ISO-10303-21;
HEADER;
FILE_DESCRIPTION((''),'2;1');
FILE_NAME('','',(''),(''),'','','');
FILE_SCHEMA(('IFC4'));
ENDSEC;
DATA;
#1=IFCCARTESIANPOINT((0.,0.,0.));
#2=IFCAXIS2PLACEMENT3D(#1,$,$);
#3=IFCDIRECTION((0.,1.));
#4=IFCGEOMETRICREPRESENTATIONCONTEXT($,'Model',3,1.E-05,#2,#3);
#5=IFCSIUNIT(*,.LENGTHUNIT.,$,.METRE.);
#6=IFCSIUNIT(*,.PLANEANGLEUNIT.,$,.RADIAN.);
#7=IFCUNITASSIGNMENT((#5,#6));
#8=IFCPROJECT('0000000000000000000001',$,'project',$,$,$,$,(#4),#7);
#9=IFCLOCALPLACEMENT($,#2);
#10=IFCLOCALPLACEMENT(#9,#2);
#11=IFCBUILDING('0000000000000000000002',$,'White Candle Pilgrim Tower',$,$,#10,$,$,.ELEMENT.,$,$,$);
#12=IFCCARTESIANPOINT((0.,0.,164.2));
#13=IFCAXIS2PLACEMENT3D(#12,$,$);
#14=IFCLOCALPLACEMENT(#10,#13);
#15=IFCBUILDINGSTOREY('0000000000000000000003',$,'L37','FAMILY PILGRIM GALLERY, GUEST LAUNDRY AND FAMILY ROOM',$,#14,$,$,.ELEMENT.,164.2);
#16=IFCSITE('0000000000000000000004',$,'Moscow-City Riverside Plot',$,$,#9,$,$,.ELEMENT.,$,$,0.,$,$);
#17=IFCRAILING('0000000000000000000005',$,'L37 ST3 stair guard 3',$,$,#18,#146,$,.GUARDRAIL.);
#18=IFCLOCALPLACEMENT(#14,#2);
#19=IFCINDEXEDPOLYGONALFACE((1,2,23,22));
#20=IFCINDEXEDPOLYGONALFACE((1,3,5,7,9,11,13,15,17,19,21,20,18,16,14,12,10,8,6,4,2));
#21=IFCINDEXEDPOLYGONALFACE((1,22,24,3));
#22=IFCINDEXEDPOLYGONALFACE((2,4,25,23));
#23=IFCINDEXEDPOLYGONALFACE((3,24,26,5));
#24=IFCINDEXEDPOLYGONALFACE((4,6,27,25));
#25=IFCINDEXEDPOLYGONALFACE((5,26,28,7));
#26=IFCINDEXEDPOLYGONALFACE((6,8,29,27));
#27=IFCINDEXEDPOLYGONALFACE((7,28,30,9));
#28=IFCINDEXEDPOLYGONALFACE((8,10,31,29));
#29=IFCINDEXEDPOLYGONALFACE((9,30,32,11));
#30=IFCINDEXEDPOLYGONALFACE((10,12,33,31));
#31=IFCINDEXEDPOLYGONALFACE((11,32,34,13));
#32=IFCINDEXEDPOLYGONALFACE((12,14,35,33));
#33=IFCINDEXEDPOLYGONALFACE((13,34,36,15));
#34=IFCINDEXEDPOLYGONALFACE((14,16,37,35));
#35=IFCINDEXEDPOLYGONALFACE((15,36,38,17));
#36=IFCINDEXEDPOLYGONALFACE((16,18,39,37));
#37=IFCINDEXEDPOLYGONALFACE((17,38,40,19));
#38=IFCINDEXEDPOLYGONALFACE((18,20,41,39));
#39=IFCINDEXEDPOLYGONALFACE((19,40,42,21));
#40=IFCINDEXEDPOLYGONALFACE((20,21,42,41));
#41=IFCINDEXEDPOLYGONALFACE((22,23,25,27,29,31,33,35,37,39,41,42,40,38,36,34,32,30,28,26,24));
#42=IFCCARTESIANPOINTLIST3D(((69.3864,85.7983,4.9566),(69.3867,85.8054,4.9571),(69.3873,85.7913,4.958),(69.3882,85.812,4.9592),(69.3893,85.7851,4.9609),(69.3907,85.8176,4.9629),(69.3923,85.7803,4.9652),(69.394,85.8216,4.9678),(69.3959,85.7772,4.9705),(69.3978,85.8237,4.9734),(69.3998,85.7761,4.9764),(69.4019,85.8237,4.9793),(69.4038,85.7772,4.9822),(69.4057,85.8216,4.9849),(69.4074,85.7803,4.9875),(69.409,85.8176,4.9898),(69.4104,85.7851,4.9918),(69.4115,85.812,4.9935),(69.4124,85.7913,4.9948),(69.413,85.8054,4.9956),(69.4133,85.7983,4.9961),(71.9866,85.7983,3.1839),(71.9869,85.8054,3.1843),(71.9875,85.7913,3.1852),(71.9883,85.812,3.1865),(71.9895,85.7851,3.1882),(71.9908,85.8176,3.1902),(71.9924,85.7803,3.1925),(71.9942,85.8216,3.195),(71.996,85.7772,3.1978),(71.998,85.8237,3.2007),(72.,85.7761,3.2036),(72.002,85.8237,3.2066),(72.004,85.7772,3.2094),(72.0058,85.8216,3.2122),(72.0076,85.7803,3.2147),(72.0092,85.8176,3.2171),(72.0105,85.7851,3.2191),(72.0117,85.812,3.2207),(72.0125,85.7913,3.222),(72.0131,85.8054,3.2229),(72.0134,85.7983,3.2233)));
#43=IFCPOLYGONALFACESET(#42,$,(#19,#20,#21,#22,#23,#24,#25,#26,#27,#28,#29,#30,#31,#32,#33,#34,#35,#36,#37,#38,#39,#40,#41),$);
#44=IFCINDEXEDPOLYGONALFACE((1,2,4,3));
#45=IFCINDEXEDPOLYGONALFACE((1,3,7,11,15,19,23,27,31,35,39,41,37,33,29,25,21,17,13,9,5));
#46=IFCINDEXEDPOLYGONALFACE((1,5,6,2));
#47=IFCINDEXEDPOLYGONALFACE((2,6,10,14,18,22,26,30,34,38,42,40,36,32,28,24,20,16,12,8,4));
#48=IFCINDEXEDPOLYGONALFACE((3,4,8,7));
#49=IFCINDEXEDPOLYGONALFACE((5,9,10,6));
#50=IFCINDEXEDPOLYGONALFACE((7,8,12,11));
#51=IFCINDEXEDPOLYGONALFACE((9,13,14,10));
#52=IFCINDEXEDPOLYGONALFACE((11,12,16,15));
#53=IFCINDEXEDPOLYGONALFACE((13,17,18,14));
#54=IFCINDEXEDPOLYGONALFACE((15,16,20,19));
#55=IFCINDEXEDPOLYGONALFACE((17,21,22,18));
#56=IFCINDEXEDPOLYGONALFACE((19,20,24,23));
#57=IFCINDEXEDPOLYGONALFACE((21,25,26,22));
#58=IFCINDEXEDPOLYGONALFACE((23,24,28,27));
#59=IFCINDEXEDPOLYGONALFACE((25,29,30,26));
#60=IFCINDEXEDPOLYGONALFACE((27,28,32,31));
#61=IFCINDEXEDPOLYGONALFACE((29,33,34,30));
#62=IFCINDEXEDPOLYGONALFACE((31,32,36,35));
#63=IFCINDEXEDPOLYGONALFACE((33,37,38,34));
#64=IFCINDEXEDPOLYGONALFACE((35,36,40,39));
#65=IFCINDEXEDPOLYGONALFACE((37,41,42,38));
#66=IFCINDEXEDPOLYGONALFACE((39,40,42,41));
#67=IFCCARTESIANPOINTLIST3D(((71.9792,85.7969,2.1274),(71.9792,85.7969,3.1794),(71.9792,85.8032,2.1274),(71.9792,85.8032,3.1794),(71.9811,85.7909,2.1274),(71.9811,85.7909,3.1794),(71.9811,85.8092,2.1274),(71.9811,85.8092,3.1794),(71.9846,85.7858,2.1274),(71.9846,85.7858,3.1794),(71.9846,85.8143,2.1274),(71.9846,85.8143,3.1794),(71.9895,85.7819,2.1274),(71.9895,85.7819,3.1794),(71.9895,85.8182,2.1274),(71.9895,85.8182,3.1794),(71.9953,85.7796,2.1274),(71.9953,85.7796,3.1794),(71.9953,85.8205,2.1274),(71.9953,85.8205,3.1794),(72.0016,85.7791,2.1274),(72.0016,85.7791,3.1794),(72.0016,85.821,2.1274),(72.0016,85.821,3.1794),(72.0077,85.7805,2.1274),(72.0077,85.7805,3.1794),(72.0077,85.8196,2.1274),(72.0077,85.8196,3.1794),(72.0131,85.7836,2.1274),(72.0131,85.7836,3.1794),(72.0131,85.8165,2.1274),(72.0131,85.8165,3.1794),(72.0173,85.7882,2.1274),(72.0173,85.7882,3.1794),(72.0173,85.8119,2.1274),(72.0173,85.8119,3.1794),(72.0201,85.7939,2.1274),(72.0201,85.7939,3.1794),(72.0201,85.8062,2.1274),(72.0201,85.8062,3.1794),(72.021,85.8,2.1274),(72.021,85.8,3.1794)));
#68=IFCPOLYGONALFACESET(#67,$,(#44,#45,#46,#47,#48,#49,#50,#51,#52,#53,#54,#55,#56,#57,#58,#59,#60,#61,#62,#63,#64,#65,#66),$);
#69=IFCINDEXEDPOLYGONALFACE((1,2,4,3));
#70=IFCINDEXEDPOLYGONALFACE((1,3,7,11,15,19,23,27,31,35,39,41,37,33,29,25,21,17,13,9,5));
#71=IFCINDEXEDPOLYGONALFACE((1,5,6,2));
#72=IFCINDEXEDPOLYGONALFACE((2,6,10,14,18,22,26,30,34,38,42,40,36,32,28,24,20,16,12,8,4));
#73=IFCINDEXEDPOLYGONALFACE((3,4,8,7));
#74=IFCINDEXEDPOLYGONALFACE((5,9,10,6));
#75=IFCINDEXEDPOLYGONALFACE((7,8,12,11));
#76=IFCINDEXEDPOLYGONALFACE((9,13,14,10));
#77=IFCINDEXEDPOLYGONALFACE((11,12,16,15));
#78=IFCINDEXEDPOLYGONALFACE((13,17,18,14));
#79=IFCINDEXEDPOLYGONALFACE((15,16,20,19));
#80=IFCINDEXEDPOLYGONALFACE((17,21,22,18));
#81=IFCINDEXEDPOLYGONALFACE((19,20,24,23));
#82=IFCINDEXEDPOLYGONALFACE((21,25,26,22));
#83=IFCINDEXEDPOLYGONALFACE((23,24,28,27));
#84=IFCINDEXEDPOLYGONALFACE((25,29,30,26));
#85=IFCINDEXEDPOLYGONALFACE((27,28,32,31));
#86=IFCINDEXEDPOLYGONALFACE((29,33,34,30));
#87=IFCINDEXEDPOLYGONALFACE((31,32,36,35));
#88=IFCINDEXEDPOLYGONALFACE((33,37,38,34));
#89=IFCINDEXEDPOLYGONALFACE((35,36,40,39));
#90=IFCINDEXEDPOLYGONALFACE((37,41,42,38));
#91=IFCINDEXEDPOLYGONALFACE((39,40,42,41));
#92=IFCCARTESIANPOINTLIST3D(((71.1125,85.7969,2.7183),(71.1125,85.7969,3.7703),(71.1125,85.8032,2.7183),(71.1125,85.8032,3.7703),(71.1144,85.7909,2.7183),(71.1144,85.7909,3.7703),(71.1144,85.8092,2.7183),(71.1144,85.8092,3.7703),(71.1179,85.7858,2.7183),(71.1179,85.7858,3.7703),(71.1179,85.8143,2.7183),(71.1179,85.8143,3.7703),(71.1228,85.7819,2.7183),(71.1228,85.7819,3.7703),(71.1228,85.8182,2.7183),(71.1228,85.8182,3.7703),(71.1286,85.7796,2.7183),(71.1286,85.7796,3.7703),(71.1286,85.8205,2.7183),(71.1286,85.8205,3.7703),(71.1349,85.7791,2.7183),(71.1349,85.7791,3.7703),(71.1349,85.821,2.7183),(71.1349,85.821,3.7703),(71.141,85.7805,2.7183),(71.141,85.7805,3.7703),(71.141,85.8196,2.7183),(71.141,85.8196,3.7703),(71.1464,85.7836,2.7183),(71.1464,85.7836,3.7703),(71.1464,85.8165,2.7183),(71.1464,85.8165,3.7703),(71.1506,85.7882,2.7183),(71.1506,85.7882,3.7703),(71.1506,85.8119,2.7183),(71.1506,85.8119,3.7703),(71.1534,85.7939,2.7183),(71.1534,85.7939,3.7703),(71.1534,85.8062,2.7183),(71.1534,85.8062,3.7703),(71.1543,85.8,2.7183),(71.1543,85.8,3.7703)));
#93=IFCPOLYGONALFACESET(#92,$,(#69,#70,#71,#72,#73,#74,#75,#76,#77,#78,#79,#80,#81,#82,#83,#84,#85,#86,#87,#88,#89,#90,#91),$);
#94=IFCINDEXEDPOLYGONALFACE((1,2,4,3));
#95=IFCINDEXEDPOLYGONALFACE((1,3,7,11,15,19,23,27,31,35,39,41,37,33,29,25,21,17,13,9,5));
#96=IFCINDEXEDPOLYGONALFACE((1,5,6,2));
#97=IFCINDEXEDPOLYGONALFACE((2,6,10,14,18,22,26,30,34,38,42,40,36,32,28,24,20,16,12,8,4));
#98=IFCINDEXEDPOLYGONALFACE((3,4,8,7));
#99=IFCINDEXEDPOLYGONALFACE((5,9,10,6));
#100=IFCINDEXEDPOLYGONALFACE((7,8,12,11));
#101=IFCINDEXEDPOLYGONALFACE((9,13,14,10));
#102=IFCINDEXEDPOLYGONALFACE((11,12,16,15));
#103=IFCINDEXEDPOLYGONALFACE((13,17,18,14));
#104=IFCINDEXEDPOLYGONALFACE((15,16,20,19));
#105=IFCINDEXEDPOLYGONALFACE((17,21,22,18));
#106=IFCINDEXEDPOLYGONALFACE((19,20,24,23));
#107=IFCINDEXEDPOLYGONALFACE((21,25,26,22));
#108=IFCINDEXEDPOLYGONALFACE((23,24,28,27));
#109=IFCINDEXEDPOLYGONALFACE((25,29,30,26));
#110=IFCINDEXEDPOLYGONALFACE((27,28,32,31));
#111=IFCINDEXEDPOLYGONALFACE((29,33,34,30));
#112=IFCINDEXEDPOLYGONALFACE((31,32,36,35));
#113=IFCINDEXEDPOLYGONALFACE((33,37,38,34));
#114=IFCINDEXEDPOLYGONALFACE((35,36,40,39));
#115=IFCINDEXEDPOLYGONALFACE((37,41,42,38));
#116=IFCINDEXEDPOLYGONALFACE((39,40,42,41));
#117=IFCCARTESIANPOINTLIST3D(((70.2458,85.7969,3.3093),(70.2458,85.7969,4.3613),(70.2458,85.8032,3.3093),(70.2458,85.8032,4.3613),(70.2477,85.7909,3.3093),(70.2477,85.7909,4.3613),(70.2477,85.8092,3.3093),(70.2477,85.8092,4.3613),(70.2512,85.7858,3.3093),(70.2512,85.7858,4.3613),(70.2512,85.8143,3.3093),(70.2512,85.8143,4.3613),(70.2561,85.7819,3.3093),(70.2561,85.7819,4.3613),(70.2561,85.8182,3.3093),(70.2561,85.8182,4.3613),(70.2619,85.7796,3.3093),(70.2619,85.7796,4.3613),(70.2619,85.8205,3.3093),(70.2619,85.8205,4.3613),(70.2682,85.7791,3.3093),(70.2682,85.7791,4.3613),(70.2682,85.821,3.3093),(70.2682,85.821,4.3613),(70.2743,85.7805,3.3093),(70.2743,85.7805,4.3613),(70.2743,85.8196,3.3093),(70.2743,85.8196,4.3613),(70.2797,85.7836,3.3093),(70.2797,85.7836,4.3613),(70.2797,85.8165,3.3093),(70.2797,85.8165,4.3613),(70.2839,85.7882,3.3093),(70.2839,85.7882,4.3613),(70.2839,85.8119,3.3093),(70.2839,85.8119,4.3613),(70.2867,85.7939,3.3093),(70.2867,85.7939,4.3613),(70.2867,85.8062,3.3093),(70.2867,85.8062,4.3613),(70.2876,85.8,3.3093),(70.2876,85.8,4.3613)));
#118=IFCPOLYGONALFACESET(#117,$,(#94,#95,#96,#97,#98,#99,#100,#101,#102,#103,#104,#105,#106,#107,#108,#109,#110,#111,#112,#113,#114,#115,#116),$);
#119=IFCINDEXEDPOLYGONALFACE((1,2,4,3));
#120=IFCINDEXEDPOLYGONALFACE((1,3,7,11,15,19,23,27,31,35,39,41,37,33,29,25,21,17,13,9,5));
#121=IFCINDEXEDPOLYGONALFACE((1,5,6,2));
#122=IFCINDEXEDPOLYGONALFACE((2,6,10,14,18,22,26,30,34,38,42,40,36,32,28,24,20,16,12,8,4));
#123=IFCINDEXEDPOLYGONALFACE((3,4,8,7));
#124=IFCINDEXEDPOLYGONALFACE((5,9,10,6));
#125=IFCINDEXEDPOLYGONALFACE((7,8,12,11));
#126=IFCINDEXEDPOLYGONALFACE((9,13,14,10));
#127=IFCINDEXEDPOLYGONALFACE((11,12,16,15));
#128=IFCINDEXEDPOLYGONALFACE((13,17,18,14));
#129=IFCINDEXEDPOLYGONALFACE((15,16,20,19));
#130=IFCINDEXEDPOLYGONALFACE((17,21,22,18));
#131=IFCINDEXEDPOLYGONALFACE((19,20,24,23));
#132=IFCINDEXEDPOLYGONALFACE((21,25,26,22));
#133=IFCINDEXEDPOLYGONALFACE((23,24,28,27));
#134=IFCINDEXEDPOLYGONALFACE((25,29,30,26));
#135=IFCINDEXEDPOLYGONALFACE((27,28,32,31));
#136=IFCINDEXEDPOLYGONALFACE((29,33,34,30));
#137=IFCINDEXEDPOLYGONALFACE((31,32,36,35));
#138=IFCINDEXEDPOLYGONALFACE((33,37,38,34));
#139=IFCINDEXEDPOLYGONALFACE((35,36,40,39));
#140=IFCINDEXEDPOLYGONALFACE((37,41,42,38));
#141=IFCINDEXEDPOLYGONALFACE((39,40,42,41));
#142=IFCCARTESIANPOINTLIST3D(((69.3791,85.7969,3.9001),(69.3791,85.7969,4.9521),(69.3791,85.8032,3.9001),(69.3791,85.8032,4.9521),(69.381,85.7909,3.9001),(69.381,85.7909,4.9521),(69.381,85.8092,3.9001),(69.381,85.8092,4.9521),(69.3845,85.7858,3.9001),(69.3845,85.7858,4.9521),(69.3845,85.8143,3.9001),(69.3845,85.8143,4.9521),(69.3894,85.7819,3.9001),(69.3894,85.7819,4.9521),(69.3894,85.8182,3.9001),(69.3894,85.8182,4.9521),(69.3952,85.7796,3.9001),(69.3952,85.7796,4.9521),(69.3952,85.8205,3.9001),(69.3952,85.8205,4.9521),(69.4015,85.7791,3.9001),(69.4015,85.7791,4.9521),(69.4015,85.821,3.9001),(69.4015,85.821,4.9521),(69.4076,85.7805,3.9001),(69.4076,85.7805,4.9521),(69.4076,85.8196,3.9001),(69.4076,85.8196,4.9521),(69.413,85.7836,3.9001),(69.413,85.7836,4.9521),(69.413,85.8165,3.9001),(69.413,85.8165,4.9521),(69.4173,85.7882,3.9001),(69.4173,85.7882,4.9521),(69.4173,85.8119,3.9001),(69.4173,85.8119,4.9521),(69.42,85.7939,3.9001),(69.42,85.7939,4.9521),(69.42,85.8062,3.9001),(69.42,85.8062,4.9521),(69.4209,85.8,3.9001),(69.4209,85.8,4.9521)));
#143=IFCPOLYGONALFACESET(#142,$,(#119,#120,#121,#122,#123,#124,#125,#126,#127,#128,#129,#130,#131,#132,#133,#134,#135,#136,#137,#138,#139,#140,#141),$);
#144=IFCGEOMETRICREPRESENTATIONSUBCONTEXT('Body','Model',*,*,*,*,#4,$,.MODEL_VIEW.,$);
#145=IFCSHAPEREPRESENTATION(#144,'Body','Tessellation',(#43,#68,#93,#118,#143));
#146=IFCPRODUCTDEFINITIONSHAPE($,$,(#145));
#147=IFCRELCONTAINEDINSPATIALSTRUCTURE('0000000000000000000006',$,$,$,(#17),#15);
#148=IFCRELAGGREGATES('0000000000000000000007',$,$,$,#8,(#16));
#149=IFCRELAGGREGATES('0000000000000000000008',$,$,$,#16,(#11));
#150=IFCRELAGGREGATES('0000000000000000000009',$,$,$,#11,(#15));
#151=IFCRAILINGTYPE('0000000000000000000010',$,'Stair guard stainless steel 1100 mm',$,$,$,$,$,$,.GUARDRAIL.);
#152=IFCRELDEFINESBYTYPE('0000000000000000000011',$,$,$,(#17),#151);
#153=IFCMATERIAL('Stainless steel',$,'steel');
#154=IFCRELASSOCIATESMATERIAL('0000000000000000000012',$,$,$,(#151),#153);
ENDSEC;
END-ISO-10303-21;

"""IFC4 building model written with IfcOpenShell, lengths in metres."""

from ifc_helpers import new_model, si_unit, direction, frame, origin, origin_2d, place, context, subcontext, project, spatial, circle, extrude, material, type_object, element, save


model = new_model("IFC4")

# Units and contexts
model_context = context("Model", 3, precision=1e-05, world=origin(), true_north=direction((0.0, 1.0)))
body_context = subcontext(model_context, "Body", "Model", "MODEL_VIEW")
ifc_project = project(units=[si_unit("LENGTHUNIT", "METRE"), si_unit("PLANEANGLEUNIT", "RADIAN")], contexts=[model_context])

# Site, building, storey
site_placement = place(None, origin())
site = spatial("IfcSite", under=ifc_project, at=site_placement, Name="Moscow-City Riverside Plot", CompositionType="ELEMENT", RefElevation=0.0)
building_placement = place(site_placement, origin())
building = spatial("IfcBuilding", under=site, at=building_placement, Name="White Candle Pilgrim Tower", CompositionType="ELEMENT")
storey_placement = place(building_placement, frame((0.0, 0.0, 164.2)))
storey = spatial("IfcBuildingStorey", under=building, at=storey_placement, Name="L37", Description="FAMILY PILGRIM GALLERY, GUEST LAUNDRY AND FAMILY ROOM", CompositionType="ELEMENT", Elevation=164.2)

# Shared definitions
ifc_material_1 = material(Name="Stainless steel", Category="steel")

# Railing
railing_type_1 = type_object("IfcRailingType", Name="Stair guard stainless steel 1100 mm", PredefinedType="GUARDRAIL", material=ifc_material_1)
railing_1_placement = place(storey_placement, frame((72.0, 85.8, 2.1274)))
element("IfcRailing", 1, at=railing_1_placement, inside=storey, type_object=railing_type_1, Name="L37 ST3 stair guard 3", PredefinedType="GUARDRAIL", context=body_context, shape_type="SweptSolid", body=[
    extrude(circle(Radius=0.0239, at=origin_2d()), frame((0.0, 0.0, 1.0762), z_axis=(-0.82624, 0.0, 0.563318), x_axis=(0.0, -1.0, 0.0)), (0.0, 0.0, 1.0), 3.147),
    extrude(circle(Radius=0.021, at=origin_2d()), origin(), (0.0, 0.0, 1.0), 1.052),
    extrude(circle(Radius=0.021, at=origin_2d()), frame((-0.8667, 0.0, 0.5908)), (0.0, 0.0, 1.0), 1.052),
    extrude(circle(Radius=0.021, at=origin_2d()), frame((-1.7334, 0.0, 1.1819)), (0.0, 0.0, 1.0), 1.052),
    extrude(circle(Radius=0.021, at=origin_2d()), frame((-2.6001, 0.0, 1.7727)), (0.0, 0.0, 1.0), 1.052),
])

save(model, "model.ifc")
